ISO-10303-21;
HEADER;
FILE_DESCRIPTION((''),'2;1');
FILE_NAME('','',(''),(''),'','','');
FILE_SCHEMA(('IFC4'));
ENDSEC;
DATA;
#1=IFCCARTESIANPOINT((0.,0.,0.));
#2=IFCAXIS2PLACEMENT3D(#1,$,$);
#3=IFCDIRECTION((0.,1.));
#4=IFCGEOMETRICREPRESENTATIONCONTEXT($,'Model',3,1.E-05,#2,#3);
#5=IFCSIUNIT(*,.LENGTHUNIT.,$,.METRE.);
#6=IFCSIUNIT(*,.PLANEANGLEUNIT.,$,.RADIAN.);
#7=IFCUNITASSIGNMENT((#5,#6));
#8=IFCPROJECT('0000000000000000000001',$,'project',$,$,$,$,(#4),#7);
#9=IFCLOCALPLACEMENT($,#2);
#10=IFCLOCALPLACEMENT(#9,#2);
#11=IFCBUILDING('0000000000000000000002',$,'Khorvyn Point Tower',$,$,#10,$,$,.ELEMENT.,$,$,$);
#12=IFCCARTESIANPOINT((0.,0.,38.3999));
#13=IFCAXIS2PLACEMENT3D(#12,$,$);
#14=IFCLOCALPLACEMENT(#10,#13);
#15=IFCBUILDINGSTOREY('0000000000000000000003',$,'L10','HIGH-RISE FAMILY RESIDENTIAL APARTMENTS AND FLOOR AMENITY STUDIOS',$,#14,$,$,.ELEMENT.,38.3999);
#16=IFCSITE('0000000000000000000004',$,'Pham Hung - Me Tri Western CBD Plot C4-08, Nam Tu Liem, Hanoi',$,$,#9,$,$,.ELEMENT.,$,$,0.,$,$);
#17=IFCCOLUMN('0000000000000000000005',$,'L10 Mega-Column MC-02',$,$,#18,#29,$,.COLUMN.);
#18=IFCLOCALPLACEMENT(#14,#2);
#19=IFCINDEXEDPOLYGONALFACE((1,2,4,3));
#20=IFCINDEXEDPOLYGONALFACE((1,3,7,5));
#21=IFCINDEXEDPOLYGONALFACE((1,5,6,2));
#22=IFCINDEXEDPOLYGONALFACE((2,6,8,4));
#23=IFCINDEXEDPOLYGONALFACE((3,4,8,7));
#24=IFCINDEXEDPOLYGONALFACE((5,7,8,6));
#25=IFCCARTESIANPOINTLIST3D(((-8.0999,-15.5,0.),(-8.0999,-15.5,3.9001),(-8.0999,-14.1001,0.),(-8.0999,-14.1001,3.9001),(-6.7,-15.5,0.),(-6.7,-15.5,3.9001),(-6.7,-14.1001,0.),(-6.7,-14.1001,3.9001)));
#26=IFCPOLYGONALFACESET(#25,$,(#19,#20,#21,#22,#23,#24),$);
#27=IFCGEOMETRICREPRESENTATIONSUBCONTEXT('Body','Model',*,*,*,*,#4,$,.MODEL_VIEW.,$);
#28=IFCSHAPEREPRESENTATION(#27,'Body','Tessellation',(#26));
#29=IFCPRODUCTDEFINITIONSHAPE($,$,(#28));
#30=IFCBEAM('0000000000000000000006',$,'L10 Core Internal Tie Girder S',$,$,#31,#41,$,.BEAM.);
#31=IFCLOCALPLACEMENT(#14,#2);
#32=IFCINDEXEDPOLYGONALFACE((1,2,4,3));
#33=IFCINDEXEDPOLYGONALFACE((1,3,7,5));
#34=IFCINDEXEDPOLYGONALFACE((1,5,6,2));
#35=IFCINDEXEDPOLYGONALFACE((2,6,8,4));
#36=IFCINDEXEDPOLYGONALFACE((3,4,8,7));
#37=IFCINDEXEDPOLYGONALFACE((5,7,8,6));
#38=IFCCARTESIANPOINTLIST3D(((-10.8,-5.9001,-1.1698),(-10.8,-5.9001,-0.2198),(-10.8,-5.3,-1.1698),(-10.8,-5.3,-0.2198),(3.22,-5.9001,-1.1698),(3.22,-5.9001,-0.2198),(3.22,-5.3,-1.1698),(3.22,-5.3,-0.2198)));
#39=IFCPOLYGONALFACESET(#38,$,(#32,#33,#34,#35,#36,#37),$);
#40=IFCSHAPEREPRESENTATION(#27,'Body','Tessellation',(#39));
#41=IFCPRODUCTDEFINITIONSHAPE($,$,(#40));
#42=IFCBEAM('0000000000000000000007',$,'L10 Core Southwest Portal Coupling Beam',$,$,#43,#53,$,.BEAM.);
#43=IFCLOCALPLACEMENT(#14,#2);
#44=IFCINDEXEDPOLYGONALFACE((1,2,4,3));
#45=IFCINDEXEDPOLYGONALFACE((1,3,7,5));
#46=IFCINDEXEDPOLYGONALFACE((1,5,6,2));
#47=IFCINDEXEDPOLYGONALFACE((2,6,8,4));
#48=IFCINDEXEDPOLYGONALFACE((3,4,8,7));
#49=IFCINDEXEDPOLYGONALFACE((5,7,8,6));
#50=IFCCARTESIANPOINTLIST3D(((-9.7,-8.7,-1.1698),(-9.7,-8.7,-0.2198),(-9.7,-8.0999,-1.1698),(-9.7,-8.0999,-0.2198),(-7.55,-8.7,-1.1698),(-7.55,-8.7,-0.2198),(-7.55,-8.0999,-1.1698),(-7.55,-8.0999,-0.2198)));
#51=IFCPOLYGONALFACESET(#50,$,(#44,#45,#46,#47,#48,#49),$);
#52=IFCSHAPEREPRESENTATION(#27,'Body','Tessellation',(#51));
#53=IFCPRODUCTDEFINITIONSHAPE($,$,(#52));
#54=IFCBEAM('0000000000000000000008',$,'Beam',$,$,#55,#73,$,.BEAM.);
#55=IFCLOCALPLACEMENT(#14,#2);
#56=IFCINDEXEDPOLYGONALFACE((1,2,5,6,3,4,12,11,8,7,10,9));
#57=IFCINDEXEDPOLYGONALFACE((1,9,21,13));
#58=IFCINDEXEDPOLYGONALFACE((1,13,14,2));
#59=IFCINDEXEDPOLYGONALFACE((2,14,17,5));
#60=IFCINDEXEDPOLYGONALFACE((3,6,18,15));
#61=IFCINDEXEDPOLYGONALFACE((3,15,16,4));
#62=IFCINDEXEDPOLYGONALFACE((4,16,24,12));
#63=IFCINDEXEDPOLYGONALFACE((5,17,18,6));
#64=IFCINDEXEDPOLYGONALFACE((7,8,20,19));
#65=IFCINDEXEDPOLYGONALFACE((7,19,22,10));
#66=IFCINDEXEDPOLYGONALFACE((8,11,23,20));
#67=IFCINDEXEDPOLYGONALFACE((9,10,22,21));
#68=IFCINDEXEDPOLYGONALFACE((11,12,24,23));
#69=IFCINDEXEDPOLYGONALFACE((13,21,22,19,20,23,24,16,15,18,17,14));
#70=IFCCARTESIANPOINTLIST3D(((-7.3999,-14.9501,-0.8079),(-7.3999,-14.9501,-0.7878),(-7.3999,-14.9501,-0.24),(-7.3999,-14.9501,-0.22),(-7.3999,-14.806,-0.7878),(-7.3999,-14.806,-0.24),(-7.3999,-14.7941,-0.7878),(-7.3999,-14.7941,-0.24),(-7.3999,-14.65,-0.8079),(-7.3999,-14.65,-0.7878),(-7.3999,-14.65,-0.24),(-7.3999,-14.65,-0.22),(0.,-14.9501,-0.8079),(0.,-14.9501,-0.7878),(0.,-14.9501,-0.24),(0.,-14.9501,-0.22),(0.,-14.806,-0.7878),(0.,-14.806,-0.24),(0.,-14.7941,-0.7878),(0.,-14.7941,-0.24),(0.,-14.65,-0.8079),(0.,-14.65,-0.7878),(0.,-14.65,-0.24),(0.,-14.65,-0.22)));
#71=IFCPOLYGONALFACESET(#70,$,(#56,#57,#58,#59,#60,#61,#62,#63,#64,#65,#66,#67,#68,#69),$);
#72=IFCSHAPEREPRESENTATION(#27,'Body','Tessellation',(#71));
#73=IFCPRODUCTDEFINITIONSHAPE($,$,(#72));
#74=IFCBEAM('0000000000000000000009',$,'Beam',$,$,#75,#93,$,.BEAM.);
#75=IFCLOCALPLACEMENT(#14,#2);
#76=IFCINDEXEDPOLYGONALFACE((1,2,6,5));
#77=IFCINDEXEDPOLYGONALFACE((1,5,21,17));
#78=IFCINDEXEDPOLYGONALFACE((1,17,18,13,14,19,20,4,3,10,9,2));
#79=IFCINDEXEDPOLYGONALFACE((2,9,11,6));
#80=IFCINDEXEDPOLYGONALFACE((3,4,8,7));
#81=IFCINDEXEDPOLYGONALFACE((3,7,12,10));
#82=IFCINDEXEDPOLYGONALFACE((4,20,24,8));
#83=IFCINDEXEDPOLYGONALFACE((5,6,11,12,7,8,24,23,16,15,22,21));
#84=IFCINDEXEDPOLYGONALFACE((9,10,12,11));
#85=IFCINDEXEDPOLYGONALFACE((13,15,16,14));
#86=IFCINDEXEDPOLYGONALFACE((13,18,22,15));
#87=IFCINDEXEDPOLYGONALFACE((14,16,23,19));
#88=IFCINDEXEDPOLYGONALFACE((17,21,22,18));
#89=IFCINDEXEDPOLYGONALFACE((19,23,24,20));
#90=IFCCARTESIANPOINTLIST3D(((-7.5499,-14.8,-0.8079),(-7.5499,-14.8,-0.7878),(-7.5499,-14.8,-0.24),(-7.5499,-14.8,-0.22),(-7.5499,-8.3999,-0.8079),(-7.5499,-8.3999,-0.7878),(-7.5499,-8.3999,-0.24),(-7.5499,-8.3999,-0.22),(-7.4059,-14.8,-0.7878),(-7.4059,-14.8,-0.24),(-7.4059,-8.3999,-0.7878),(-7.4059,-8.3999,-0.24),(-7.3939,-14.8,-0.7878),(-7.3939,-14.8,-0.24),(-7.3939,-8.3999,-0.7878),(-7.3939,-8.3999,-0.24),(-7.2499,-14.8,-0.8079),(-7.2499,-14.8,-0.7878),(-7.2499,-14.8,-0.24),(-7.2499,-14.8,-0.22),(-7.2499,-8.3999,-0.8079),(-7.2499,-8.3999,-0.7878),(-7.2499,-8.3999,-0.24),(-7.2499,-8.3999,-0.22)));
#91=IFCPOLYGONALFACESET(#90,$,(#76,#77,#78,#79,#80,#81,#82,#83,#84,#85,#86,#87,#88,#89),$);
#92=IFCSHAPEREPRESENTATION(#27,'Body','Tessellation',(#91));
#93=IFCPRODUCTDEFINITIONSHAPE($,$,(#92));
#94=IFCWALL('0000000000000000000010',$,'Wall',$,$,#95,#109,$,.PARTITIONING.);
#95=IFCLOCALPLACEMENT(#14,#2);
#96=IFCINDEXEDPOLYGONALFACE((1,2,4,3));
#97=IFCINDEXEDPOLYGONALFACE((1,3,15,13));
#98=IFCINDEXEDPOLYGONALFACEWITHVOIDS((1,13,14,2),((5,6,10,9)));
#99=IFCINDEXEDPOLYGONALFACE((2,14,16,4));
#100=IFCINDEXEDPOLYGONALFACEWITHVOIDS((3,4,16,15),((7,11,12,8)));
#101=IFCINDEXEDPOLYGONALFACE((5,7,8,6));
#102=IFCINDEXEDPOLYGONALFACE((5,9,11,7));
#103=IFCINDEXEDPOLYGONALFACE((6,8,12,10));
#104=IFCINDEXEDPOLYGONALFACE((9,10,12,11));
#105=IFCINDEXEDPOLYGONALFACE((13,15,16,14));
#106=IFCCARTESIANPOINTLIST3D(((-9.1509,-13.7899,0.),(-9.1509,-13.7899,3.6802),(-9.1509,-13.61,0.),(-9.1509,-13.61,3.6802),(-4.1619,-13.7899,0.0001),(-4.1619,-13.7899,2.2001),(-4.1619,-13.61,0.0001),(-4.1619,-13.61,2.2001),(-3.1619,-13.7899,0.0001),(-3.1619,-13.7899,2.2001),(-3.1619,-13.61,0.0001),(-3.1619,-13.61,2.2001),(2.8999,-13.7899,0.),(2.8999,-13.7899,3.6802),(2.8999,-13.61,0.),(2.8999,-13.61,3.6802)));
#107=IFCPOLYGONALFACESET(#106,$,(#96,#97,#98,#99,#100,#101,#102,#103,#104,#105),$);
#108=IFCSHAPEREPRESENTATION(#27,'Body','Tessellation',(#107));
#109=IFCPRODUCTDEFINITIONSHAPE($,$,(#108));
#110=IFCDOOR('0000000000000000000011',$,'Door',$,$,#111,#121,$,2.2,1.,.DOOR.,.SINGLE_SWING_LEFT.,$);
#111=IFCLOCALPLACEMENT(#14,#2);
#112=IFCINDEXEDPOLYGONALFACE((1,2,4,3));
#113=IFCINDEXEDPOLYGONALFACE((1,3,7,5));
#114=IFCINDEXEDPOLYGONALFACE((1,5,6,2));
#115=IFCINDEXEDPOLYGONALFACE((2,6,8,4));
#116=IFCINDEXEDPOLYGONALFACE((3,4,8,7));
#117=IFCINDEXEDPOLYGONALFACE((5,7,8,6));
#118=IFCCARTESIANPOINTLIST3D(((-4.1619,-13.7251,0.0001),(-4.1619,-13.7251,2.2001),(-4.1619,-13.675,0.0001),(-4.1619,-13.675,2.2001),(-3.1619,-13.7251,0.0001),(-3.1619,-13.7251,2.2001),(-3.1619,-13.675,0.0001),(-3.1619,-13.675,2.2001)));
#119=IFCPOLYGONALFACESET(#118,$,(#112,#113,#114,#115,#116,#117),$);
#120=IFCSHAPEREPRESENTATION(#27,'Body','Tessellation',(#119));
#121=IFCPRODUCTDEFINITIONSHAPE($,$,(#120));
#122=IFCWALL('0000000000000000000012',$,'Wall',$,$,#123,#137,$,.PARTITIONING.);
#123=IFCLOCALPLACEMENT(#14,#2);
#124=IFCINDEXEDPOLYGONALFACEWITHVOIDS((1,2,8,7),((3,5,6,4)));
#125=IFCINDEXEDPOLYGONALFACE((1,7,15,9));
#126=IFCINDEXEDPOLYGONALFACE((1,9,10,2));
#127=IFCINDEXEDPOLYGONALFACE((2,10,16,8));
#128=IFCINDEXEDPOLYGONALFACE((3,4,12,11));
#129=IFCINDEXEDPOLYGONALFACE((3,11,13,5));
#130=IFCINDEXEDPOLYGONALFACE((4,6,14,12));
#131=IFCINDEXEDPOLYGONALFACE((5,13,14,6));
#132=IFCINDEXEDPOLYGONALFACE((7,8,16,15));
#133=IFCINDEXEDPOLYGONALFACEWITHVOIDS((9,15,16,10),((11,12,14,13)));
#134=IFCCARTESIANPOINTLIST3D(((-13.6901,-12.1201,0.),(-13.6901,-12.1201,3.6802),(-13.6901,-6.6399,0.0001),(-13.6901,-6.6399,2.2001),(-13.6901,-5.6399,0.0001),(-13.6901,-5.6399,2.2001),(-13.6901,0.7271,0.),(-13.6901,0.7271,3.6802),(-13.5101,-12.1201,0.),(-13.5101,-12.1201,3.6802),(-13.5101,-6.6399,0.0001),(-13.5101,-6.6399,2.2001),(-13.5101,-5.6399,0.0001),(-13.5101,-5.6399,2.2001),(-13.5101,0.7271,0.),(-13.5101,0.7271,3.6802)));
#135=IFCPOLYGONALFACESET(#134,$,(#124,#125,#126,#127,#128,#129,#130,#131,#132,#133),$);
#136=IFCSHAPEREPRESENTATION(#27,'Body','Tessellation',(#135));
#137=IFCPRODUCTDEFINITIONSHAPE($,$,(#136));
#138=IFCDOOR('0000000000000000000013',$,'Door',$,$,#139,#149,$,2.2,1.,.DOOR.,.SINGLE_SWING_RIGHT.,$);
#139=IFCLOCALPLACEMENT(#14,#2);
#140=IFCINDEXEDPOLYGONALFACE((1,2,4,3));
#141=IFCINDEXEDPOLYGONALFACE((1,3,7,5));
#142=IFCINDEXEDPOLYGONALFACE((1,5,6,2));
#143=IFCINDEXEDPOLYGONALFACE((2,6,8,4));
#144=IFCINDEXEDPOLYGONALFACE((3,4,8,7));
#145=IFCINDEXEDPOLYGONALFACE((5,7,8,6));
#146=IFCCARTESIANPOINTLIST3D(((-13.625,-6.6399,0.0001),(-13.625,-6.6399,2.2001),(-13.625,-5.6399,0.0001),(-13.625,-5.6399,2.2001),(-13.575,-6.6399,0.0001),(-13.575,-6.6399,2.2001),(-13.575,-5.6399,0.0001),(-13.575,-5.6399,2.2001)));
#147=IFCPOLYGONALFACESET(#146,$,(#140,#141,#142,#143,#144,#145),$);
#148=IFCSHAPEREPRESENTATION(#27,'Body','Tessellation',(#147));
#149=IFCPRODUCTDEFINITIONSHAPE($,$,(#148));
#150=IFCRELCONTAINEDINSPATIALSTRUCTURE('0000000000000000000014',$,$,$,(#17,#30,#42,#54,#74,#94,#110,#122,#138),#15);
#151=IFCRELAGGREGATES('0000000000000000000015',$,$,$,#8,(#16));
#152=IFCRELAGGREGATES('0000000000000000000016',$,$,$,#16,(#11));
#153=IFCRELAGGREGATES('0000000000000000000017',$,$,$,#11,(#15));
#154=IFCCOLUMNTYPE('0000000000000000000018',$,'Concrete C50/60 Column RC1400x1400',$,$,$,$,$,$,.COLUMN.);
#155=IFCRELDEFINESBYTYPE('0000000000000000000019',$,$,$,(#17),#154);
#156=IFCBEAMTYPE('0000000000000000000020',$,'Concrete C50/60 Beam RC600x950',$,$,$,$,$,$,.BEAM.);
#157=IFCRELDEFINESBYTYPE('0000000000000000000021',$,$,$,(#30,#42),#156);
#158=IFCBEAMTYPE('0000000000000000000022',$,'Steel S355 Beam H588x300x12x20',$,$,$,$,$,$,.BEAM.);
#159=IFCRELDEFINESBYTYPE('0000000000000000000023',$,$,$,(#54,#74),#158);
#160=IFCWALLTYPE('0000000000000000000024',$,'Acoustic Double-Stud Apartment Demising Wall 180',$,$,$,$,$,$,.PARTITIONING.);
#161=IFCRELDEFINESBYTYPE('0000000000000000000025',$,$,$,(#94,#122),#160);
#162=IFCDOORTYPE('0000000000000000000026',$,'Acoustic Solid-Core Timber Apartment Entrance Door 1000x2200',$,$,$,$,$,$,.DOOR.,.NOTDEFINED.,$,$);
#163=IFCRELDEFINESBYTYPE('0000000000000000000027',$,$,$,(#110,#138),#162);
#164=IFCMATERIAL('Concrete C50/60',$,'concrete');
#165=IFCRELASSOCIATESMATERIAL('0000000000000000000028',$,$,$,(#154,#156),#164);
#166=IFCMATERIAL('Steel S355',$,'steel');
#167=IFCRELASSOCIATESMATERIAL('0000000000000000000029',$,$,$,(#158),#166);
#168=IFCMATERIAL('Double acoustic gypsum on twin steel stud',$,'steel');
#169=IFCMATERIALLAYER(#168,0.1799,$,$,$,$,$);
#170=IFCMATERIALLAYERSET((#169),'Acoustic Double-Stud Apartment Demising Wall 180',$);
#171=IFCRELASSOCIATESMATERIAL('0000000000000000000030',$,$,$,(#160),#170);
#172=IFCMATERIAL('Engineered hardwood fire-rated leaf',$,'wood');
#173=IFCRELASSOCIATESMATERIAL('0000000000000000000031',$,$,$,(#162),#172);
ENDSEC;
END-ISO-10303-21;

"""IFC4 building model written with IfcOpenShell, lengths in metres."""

from ifc_helpers import new_model, si_unit, direction, frame, frame_2d, origin, origin_2d, place, context, subcontext, project, spatial, rectangle, i_section, extrude, material, layer, layer_set, material_profile, profile_set, type_object, element, fill, save


model = new_model("IFC4")

# Units and contexts
model_context = context("Model", 3, precision=1e-05, world=origin(), true_north=direction((0.0, 1.0)))
body_context = subcontext(model_context, "Body", "Model", "MODEL_VIEW")
ifc_project = project(units=[si_unit("LENGTHUNIT", "METRE"), si_unit("PLANEANGLEUNIT", "RADIAN")], contexts=[model_context])

# Site, building, storey
site_placement = place(None, origin())
site = spatial("IfcSite", under=ifc_project, at=site_placement, Name="Pham Hung - Me Tri Western CBD Plot C4-08, Nam Tu Liem, Hanoi", CompositionType="ELEMENT", RefElevation=0.0)
building_placement = place(site_placement, origin())
building = spatial("IfcBuilding", under=site, at=building_placement, Name="Khorvyn Point Tower", CompositionType="ELEMENT")
storey_placement = place(building_placement, frame((0.0, 0.0, 38.3999)))
storey = spatial("IfcBuildingStorey", under=building, at=storey_placement, Name="L10", Description="HIGH-RISE FAMILY RESIDENTIAL APARTMENTS AND FLOOR AMENITY STUDIOS", CompositionType="ELEMENT", Elevation=38.3999)

# Column
ifc_material_1 = material(Name="Concrete C50/60", Category="concrete")
ifc_material_profile_1 = material_profile(ifc_material_1, rectangle(XDim=1.3999, YDim=1.3999, at=origin_2d()))
ifc_profile_set_1 = profile_set([ifc_material_profile_1], Name="Concrete C50/60 RC1400x1400")
column_type = type_object("IfcColumnType", Name="Concrete C50/60 Column RC1400x1400", PredefinedType="COLUMN", material=ifc_profile_set_1)
column_placement = place(storey_placement, frame((-7.3999, -14.8, 0.0), z_axis=(0.0, 0.0, 1.0), x_axis=(1.0, 0.0, 0.0)))
element("IfcColumn", 1, at=column_placement, inside=storey, type_object=column_type, Name="L10 Mega-Column MC-02", PredefinedType="COLUMN", context=body_context, shape_type="SweptSolid", body=[
    extrude(rectangle(XDim=1.3999, YDim=1.3999, at=origin_2d()), origin(), (0.0, 0.0, 1.0), 3.9001),
])

# Beams
ifc_material_profile_2 = material_profile(ifc_material_1, rectangle(XDim=0.6001, YDim=0.95, at=origin_2d()))
ifc_profile_set_2 = profile_set([ifc_material_profile_2], Name="Concrete C50/60 RC600x950")
beam_type_1 = type_object("IfcBeamType", Name="Concrete C50/60 Beam RC600x950", PredefinedType="BEAM", material=ifc_profile_set_2)
beam_1_placement = place(storey_placement, frame((-10.8, -5.6001, -0.6948), z_axis=(1.0, 0.0, 0.0), x_axis=(0.0, 1.0, 0.0)))
element("IfcBeam", 2, at=beam_1_placement, inside=storey, type_object=beam_type_1, Name="L10 Core Internal Tie Girder S", PredefinedType="BEAM", context=body_context, shape_type="SweptSolid", body=[
    extrude(rectangle(XDim=0.6001, YDim=0.95, at=origin_2d()), origin(), (0.0, 0.0, 1.0), 14.02),
])
beam_2_placement = place(storey_placement, frame((-9.7, -8.3999, -0.6948), z_axis=(1.0, 0.0, 0.0), x_axis=(0.0, 1.0, 0.0)))
element("IfcBeam", 3, at=beam_2_placement, inside=storey, type_object=beam_type_1, Name="L10 Core Southwest Portal Coupling Beam", PredefinedType="BEAM", context=body_context, shape_type="SweptSolid", body=[
    extrude(rectangle(XDim=0.6001, YDim=0.95, at=origin_2d()), origin(), (0.0, 0.0, 1.0), 2.1499),
])
ifc_material_2 = material(Name="Steel S355", Category="steel")
ifc_material_profile_3 = material_profile(ifc_material_2, i_section(OverallWidth=0.3, OverallDepth=0.5879, WebThickness=0.012, FlangeThickness=0.02, at=origin_2d()))
ifc_profile_set_3 = profile_set([ifc_material_profile_3], Name="Steel S355 H588x300x12x20")
beam_type_2 = type_object("IfcBeamType", Name="Steel S355 Beam H588x300x12x20", PredefinedType="BEAM", material=ifc_profile_set_3)
beam_3_placement = place(storey_placement, frame((-7.3999, -14.8, -0.5139), z_axis=(1.0, 0.0, 0.0), x_axis=(0.0, 1.0, 0.0)))
element("IfcBeam", 4, at=beam_3_placement, inside=storey, type_object=beam_type_2, Name="Beam", PredefinedType="BEAM", context=body_context, shape_type="SweptSolid", body=[
    extrude(i_section(OverallWidth=0.3, OverallDepth=0.5879, WebThickness=0.012, FlangeThickness=0.02, at=origin_2d()), origin(), (0.0, 0.0, 1.0), 7.3999),
])
beam_4_placement = place(storey_placement, frame((-7.3999, -14.8, -0.5139), z_axis=(0.0, 1.0, 0.0), x_axis=(-1.0, 0.0, 0.0)))
element("IfcBeam", 5, at=beam_4_placement, inside=storey, type_object=beam_type_2, Name="Beam", PredefinedType="BEAM", context=body_context, shape_type="SweptSolid", body=[
    extrude(i_section(OverallWidth=0.3, OverallDepth=0.5879, WebThickness=0.012, FlangeThickness=0.02, at=origin_2d()), origin(), (0.0, 0.0, 1.0), 6.4001),
])

# Walls, openings, doors
ifc_material_3 = material(Name="Double acoustic gypsum on twin steel stud", Category="steel")
ifc_layer_1 = layer(ifc_material_3, 0.1799)
ifc_layer_set_1 = layer_set([ifc_layer_1], Name="Acoustic Double-Stud Apartment Demising Wall 180")
wall_type_1 = type_object("IfcWallType", Name="Acoustic Double-Stud Apartment Demising Wall 180", PredefinedType="PARTITIONING", material=ifc_layer_set_1)
wall_1_placement = place(storey_placement, frame((-9.1509, -13.7, 0.0), z_axis=(0.0, 0.0, 1.0), x_axis=(1.0, 0.0, 0.0)))
wall_1 = element("IfcWall", 6, at=wall_1_placement, inside=storey, type_object=wall_type_1, Name="Wall", PredefinedType="PARTITIONING", context=body_context, shape_type="SweptSolid", body=[
    extrude(rectangle(XDim=12.0508, YDim=0.1799, at=frame_2d((6.0254, 0.0))), origin(), (0.0, 0.0, 1.0), 3.6802),
])
opening_1_placement = place(wall_1_placement, frame((4.989, 0.0, 0.0)))
opening_1 = element("IfcOpeningElement", 7, at=opening_1_placement, cuts=wall_1, PredefinedType="OPENING", context=body_context, shape_type="SweptSolid", body=[
    extrude(rectangle(XDim=1.0, YDim=2.2, at=frame_2d((0.5, 1.1001))), frame((0.0, 0.0999, 0.0), z_axis=(0.0, -1.0, 0.0), x_axis=(1.0, 0.0, 0.0)), (0.0, 0.0, 1.0), 0.2),
])
ifc_material_4 = material(Name="Engineered hardwood fire-rated leaf", Category="wood")
door_type_1 = type_object("IfcDoorType", Name="Acoustic Solid-Core Timber Apartment Entrance Door 1000x2200", OperationType="NOTDEFINED", PredefinedType="DOOR", material=ifc_material_4)
door_1_placement = place(opening_1_placement, origin())
door_1 = element("IfcDoor", 8, at=door_1_placement, inside=storey, type_object=door_type_1, Name="Door", OperationType="SINGLE_SWING_LEFT", OverallHeight=2.2, OverallWidth=1.0, PredefinedType="DOOR", context=body_context, shape_type="SweptSolid", body=[
    extrude(rectangle(XDim=1.0, YDim=2.2, at=frame_2d((0.5, 1.1001))), frame((0.0, 0.0249, 0.0), z_axis=(0.0, -1.0, 0.0), x_axis=(1.0, 0.0, 0.0)), (0.0, 0.0, 1.0), 0.05),
])
fill(opening_1, door_1)
wall_2_placement = place(storey_placement, frame((-13.6001, -12.1201, 0.0), z_axis=(0.0, 0.0, 1.0), x_axis=(0.0, 1.0, 0.0)))
wall_2 = element("IfcWall", 9, at=wall_2_placement, inside=storey, type_object=wall_type_1, Name="Wall", PredefinedType="PARTITIONING", context=body_context, shape_type="SweptSolid", body=[
    extrude(rectangle(XDim=12.8472, YDim=0.1799, at=frame_2d((6.4236, 0.0))), origin(), (0.0, 0.0, 1.0), 3.6802),
])
opening_2_placement = place(wall_2_placement, frame((5.4802, 0.0, 0.0)))
opening_2 = element("IfcOpeningElement", 10, at=opening_2_placement, cuts=wall_2, PredefinedType="OPENING", context=body_context, shape_type="SweptSolid", body=[
    extrude(rectangle(XDim=1.0, YDim=2.2, at=frame_2d((0.5, 1.1001))), frame((0.0, 0.0999, 0.0), z_axis=(0.0, -1.0, 0.0), x_axis=(1.0, 0.0, 0.0)), (0.0, 0.0, 1.0), 0.2),
])
door_2_placement = place(opening_2_placement, origin())
door_2 = element("IfcDoor", 11, at=door_2_placement, inside=storey, type_object=door_type_1, Name="Door", OperationType="SINGLE_SWING_RIGHT", OverallHeight=2.2, OverallWidth=1.0, PredefinedType="DOOR", context=body_context, shape_type="SweptSolid", body=[
    extrude(rectangle(XDim=1.0, YDim=2.2, at=frame_2d((0.5, 1.1001))), frame((0.0, 0.0249, 0.0), z_axis=(0.0, -1.0, 0.0), x_axis=(1.0, 0.0, 0.0)), (0.0, 0.0, 1.0), 0.05),
])
fill(opening_2, door_2)

save(model, "model.ifc")
